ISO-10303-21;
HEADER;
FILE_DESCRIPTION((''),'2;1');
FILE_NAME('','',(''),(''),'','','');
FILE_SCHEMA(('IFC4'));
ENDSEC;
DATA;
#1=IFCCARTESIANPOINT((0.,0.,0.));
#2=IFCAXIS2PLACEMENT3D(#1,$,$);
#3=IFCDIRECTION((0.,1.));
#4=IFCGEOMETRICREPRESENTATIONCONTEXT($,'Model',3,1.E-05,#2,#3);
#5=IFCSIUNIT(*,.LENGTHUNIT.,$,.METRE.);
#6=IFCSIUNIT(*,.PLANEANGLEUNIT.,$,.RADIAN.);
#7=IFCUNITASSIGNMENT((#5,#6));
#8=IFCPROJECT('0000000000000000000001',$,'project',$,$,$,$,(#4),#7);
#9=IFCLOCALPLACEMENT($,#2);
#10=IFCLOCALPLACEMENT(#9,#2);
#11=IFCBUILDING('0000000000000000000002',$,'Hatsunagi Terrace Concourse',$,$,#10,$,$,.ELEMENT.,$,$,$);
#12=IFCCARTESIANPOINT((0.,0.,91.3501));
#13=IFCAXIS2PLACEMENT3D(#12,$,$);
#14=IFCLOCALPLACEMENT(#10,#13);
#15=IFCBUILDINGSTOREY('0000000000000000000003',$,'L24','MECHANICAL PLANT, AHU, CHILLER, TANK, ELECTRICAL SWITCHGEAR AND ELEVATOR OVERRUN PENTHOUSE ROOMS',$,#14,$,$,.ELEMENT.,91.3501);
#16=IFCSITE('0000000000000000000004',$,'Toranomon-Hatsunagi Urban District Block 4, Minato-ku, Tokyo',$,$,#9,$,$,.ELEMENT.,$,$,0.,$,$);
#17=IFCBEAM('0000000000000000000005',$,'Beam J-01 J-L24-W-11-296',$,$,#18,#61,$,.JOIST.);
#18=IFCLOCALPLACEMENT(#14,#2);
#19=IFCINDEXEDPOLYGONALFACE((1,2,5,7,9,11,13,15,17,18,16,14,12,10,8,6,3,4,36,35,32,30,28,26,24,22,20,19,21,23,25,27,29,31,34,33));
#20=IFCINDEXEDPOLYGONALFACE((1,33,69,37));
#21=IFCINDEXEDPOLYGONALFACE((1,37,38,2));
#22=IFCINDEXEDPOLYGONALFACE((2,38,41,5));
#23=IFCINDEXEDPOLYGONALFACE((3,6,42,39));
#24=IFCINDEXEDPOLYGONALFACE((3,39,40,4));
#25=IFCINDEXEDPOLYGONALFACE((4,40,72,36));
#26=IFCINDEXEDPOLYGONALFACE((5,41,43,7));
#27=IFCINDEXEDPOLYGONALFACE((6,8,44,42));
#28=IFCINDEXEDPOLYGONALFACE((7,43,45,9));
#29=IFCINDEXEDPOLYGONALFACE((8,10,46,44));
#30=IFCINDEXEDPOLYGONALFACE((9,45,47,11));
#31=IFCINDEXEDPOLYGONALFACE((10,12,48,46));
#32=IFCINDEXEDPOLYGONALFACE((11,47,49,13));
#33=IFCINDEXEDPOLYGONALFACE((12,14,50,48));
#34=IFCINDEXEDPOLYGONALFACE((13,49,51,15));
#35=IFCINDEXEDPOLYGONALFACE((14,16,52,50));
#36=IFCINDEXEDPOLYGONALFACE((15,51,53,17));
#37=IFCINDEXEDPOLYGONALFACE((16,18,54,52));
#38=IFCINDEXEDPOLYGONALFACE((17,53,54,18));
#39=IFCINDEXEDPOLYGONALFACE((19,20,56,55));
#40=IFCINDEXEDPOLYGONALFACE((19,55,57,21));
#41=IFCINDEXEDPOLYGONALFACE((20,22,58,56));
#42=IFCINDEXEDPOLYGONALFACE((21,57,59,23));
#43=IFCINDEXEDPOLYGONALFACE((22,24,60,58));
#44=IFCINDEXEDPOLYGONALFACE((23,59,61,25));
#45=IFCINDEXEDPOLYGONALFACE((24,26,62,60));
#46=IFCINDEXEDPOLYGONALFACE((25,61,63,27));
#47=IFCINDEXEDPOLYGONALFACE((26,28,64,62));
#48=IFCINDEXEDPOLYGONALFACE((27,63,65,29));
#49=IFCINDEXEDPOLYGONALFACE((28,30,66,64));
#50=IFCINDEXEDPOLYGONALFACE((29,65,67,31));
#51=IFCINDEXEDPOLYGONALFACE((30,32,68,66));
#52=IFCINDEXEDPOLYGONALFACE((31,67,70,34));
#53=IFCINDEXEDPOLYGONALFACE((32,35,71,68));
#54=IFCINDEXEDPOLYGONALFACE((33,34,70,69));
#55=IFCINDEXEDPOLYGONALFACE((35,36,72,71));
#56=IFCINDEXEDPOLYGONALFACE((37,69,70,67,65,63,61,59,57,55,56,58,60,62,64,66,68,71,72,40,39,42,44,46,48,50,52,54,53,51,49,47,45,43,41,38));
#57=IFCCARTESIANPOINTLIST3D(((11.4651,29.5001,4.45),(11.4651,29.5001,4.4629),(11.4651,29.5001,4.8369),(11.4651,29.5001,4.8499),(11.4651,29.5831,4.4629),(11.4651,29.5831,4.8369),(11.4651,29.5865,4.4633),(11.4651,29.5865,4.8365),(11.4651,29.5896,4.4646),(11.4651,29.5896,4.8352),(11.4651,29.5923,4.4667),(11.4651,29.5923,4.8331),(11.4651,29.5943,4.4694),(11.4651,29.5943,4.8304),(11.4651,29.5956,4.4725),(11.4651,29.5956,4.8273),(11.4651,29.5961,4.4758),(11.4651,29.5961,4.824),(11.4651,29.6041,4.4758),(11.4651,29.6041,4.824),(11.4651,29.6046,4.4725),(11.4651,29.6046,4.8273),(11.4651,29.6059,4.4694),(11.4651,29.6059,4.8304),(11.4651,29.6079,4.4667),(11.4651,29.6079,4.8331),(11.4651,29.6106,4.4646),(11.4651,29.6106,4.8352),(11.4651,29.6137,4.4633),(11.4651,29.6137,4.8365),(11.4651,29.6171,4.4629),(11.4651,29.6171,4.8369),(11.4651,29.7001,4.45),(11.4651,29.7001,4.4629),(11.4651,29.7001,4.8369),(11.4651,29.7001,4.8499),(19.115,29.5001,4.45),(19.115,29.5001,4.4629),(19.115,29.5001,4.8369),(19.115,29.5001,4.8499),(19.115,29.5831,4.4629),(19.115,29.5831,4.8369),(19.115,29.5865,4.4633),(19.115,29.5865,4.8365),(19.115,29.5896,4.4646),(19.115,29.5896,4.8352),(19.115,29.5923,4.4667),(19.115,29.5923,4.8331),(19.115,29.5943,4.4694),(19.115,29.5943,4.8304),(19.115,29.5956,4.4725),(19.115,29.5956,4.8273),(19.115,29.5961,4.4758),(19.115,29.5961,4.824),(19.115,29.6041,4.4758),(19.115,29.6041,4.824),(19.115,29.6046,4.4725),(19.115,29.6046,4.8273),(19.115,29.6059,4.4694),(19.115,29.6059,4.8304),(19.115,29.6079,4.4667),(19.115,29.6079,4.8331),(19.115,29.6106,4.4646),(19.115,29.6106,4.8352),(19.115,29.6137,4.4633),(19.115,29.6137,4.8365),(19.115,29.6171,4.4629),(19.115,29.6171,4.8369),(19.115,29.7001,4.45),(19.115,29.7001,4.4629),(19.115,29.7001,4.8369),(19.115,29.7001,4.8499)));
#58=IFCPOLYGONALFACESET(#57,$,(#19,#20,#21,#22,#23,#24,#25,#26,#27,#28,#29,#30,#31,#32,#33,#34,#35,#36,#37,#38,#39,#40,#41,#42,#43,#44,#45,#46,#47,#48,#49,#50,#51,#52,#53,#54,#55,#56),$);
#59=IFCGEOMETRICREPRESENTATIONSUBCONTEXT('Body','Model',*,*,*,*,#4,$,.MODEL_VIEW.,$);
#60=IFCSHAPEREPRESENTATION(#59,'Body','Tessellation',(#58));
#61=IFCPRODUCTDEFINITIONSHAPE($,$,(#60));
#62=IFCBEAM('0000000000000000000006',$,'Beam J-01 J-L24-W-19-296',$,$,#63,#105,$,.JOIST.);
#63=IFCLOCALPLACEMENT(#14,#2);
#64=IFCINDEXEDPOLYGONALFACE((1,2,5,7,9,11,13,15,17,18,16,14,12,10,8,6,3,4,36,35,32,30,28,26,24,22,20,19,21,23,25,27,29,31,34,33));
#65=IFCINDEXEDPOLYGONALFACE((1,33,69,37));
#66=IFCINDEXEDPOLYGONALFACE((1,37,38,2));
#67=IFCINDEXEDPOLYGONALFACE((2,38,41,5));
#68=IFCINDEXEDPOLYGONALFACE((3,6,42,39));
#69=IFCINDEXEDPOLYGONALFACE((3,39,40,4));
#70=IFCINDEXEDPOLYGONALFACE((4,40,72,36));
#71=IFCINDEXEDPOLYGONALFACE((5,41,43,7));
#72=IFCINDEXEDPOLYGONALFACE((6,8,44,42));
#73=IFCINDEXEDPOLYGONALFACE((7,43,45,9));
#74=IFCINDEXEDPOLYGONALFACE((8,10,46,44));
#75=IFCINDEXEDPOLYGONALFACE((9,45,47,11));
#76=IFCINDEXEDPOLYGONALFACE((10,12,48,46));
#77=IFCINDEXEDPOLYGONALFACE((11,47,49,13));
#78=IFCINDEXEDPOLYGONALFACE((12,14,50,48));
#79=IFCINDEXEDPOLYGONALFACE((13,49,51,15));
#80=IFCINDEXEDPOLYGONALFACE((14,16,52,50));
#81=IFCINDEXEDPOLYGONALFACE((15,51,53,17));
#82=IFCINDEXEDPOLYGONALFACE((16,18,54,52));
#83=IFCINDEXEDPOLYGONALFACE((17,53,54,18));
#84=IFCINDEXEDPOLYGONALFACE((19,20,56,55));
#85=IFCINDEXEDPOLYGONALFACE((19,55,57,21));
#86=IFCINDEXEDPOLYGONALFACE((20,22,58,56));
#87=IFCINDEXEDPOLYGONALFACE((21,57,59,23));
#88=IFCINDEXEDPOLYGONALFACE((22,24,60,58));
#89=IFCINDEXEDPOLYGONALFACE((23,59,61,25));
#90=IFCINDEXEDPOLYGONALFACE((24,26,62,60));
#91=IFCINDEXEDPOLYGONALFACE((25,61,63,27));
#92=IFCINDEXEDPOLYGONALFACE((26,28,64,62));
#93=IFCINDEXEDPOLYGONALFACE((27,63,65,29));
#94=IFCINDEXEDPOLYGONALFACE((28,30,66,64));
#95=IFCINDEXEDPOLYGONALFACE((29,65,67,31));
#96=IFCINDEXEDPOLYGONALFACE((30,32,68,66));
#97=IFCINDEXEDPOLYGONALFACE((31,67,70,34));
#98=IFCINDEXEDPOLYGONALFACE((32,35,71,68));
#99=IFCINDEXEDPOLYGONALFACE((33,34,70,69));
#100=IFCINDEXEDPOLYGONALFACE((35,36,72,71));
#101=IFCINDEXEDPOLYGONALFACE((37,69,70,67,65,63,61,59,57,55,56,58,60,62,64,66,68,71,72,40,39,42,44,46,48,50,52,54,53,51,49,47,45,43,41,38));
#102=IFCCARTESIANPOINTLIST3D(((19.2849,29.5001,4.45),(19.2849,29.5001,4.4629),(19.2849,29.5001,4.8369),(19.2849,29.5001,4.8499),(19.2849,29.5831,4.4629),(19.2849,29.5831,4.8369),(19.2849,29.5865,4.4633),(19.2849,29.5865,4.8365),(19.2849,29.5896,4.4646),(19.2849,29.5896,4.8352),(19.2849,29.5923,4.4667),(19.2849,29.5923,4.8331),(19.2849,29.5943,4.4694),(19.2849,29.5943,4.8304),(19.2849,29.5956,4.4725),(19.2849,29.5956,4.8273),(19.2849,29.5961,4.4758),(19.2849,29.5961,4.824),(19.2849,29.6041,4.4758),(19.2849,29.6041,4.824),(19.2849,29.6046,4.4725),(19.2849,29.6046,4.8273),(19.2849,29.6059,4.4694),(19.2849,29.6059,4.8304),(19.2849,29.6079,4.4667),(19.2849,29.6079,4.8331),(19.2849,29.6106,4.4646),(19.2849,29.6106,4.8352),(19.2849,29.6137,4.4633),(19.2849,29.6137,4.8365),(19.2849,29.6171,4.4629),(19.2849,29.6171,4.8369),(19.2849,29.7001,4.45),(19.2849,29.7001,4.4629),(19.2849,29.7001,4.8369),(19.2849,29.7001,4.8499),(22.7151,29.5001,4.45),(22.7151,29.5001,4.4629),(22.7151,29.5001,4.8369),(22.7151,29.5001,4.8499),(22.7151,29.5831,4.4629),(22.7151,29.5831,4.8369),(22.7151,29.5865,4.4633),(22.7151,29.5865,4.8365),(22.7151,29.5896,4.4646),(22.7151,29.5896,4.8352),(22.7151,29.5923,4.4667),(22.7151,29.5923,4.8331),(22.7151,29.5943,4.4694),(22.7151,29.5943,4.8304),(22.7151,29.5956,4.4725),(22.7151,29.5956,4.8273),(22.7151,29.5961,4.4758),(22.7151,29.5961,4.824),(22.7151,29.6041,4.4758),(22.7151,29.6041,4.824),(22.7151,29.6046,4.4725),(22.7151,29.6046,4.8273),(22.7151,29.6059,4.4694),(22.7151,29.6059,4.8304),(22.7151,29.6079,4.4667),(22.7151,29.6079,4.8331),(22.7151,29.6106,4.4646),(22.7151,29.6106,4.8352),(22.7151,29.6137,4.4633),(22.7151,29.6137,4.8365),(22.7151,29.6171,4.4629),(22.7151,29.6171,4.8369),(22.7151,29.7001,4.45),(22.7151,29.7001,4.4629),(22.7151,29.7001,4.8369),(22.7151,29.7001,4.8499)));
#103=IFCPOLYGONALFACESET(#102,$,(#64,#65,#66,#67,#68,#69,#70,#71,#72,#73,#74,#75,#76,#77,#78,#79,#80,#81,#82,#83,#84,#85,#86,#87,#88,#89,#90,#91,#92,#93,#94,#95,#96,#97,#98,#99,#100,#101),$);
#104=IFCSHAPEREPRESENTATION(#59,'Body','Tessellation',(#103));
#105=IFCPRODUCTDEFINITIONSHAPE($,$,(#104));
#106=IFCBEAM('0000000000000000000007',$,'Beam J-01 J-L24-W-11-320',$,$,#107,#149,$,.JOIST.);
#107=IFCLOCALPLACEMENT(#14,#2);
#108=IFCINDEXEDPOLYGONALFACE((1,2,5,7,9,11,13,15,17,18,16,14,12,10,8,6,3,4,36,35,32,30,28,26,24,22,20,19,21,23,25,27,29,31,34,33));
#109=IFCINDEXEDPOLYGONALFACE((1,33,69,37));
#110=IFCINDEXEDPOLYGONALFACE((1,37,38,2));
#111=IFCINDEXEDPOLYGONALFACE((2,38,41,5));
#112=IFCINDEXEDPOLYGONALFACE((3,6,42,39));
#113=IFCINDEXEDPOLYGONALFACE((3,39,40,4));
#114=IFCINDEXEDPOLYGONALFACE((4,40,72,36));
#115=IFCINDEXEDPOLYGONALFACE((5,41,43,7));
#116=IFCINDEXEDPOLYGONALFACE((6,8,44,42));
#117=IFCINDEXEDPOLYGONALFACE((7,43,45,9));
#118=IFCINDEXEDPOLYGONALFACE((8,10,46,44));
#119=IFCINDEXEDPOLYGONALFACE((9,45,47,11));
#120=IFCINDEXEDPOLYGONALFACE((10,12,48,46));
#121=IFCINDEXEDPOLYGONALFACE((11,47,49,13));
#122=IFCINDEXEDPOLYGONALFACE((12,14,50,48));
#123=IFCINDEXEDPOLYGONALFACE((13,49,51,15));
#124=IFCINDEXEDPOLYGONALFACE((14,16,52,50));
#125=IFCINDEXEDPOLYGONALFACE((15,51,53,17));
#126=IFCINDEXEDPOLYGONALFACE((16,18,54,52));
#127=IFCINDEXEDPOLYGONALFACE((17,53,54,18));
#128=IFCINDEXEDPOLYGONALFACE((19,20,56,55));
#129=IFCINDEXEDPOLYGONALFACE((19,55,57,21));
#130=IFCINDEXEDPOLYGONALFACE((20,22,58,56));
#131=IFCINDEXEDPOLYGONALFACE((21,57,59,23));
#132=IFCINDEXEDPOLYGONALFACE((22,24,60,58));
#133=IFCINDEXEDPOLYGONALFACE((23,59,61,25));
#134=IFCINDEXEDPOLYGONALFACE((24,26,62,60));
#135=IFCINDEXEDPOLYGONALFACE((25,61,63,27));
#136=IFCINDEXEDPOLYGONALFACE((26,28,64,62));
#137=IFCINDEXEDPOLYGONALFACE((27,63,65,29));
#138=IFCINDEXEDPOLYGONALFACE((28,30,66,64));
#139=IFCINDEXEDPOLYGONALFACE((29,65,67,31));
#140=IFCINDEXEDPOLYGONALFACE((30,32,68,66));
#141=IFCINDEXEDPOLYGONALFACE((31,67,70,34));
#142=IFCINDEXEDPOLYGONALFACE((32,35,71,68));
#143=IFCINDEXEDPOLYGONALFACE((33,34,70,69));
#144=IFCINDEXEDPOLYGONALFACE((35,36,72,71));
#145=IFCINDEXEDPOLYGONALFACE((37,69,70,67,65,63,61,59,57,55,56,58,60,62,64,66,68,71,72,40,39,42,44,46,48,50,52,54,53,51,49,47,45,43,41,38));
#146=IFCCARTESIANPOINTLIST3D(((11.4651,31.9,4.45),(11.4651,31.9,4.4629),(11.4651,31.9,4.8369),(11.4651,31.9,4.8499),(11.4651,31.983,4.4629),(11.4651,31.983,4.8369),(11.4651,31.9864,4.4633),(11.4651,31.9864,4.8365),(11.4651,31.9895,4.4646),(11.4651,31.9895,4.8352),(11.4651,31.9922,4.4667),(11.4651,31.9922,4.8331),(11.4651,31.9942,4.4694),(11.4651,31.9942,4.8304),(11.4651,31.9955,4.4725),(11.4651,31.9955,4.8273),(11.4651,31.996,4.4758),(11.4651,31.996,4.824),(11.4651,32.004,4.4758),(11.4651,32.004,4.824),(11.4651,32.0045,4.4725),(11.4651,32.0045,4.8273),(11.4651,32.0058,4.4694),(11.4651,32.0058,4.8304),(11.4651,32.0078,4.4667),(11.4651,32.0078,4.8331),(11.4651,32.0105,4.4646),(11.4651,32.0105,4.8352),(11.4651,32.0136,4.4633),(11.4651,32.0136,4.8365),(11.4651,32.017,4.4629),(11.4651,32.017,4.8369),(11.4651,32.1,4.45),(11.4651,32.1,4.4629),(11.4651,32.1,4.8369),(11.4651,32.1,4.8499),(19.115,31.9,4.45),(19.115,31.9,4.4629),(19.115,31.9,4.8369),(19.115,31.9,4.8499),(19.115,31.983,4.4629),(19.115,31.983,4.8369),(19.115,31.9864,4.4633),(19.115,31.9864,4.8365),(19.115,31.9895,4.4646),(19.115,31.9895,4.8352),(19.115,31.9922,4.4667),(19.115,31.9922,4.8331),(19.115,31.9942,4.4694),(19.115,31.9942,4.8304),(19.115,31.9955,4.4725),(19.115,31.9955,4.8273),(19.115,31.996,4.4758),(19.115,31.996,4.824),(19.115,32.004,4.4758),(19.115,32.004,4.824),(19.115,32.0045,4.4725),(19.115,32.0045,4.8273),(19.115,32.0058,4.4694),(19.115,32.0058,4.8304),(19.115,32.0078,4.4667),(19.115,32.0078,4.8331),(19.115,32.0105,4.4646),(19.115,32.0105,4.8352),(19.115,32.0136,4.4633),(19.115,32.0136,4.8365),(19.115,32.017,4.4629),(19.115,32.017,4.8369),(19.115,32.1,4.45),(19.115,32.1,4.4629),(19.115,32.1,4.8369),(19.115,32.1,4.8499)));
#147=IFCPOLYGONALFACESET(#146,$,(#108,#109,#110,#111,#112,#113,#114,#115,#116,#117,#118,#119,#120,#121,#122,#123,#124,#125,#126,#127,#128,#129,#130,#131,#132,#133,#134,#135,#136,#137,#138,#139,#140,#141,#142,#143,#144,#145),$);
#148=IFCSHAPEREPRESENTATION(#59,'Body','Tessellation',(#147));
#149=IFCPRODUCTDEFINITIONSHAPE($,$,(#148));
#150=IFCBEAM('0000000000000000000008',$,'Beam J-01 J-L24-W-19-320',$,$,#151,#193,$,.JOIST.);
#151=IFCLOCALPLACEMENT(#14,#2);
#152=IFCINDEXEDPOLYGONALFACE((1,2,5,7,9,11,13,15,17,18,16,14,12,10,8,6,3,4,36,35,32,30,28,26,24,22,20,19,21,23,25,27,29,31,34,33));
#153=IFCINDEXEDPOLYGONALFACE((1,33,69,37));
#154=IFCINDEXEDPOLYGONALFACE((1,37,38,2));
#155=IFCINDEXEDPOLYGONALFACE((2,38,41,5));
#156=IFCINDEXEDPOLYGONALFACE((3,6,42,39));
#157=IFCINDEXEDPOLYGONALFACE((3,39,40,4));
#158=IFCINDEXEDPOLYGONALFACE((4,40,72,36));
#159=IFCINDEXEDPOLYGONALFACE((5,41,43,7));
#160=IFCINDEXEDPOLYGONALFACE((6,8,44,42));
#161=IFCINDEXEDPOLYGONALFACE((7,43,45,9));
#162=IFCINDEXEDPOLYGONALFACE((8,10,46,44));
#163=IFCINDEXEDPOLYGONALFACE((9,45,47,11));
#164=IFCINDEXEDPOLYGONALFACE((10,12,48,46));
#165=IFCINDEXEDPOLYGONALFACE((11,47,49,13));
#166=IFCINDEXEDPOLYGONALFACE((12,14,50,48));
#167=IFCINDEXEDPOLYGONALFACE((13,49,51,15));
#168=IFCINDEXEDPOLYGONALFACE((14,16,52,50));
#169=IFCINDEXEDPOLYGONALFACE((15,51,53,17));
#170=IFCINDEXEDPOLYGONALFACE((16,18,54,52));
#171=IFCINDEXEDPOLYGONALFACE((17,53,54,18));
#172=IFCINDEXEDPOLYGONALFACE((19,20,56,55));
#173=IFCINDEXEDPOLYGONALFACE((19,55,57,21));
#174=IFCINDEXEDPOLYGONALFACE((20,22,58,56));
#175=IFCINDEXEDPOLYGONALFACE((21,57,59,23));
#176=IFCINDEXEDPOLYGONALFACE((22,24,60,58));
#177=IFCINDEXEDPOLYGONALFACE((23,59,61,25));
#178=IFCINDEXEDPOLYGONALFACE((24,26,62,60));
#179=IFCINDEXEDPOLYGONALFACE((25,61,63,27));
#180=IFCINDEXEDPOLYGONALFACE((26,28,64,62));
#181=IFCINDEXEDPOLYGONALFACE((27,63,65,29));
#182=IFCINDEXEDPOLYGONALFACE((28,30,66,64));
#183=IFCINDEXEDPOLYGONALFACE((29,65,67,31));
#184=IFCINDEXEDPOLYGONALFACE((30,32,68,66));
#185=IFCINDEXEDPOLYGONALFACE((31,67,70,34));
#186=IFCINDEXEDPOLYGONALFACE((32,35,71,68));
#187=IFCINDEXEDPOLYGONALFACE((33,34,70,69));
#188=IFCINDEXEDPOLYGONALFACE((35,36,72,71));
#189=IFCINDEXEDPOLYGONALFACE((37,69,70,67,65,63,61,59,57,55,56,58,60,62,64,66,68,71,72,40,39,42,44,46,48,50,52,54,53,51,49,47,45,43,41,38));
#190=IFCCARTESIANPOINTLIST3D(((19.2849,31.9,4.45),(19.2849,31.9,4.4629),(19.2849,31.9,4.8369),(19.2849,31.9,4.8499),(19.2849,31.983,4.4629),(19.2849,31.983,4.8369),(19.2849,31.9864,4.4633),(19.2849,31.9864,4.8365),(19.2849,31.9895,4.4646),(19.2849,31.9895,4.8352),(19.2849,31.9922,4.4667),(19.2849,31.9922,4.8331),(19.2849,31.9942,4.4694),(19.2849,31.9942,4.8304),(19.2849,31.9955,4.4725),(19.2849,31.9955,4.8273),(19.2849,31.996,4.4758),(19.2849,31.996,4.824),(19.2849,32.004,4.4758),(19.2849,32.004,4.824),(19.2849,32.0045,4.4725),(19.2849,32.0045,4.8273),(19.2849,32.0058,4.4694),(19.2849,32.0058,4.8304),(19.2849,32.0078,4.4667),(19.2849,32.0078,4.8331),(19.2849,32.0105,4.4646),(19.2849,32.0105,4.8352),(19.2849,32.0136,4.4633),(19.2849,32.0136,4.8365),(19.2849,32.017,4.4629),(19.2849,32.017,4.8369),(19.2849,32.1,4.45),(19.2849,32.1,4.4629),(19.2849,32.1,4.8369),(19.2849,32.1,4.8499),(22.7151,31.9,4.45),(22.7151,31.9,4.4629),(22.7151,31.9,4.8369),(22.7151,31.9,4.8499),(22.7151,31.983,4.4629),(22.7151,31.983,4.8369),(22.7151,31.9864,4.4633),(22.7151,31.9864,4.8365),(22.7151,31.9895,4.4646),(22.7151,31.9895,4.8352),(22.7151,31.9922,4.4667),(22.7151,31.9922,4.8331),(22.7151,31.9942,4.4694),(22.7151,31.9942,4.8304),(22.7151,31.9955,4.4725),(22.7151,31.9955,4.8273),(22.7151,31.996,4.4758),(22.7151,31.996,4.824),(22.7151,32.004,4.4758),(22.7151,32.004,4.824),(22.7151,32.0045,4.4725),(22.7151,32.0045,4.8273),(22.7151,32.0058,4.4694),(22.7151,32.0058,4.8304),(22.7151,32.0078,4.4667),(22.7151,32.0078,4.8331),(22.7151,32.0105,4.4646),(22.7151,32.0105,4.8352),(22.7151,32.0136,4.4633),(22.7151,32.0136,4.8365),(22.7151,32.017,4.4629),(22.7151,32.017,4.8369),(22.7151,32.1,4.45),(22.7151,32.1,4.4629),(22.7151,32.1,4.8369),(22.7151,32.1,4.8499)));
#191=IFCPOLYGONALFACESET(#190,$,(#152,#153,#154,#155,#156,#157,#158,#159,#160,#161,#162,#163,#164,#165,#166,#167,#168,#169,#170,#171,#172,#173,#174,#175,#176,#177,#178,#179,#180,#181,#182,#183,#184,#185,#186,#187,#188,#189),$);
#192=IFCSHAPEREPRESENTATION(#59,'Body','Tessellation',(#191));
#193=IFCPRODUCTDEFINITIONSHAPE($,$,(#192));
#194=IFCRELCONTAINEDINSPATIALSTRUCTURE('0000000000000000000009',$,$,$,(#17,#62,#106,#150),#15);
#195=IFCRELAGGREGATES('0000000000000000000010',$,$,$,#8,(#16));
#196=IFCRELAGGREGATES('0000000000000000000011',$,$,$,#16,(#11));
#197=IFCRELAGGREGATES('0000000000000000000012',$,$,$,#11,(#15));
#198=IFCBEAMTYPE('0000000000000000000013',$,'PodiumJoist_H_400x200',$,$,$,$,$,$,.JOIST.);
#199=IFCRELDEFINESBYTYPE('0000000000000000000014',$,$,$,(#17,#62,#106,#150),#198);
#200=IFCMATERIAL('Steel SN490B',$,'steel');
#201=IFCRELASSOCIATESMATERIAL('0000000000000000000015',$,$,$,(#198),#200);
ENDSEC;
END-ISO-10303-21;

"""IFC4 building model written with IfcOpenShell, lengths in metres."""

from ifc_helpers import new_model, si_unit, direction, frame, origin, origin_2d, place, context, subcontext, project, spatial, i_section, extrude, material, material_profile, profile_set, type_object, element, save


model = new_model("IFC4")

# Units and contexts
model_context = context("Model", 3, precision=1e-05, world=origin(), true_north=direction((0.0, 1.0)))
body_context = subcontext(model_context, "Body", "Model", "MODEL_VIEW")
ifc_project = project(units=[si_unit("LENGTHUNIT", "METRE"), si_unit("PLANEANGLEUNIT", "RADIAN")], contexts=[model_context])

# Site, building, storey
site_placement = place(None, origin())
site = spatial("IfcSite", under=ifc_project, at=site_placement, Name="Toranomon-Hatsunagi Urban District Block 4, Minato-ku, Tokyo", CompositionType="ELEMENT", RefElevation=0.0)
building_placement = place(site_placement, origin())
building = spatial("IfcBuilding", under=site, at=building_placement, Name="Hatsunagi Terrace Concourse", CompositionType="ELEMENT")
storey_placement = place(building_placement, frame((0.0, 0.0, 91.3501)))
storey = spatial("IfcBuildingStorey", under=building, at=storey_placement, Name="L24", Description="MECHANICAL PLANT, AHU, CHILLER, TANK, ELECTRICAL SWITCHGEAR AND ELEVATOR OVERRUN PENTHOUSE ROOMS", CompositionType="ELEMENT", Elevation=91.3501)

# Beams
ifc_material_1 = material(Name="Steel SN490B", Category="steel")
ifc_material_profile_1 = material_profile(ifc_material_1, i_section(OverallWidth=0.2, OverallDepth=0.3999, WebThickness=0.0081, FlangeThickness=0.0129, FilletRadius=0.0129, at=origin_2d()), Name="H-400x200x8x13")
ifc_profile_set_1 = profile_set([ifc_material_profile_1], Name="Steel SN490B")
beam_type_1 = type_object("IfcBeamType", Name="PodiumJoist_H_400x200", PredefinedType="JOIST", material=ifc_profile_set_1)
beam_1_placement = place(storey_placement, frame((11.4651, 29.6001, 4.6499), z_axis=(1.0, 0.0, 0.0), x_axis=(0.0, 1.0, 0.0)))
element("IfcBeam", 1, at=beam_1_placement, inside=storey, type_object=beam_type_1, Name="Beam J-01 J-L24-W-11-296", PredefinedType="JOIST", context=body_context, shape_type="SweptSolid", body=[
    extrude(i_section(OverallWidth=0.2, OverallDepth=0.3999, WebThickness=0.0081, FlangeThickness=0.0129, FilletRadius=0.0129, at=origin_2d()), origin(), (0.0, 0.0, 1.0), 7.6499),
])
beam_2_placement = place(storey_placement, frame((19.2849, 29.6001, 4.6499), z_axis=(1.0, 0.0, 0.0), x_axis=(0.0, 1.0, 0.0)))
element("IfcBeam", 2, at=beam_2_placement, inside=storey, type_object=beam_type_1, Name="Beam J-01 J-L24-W-19-296", PredefinedType="JOIST", context=body_context, shape_type="SweptSolid", body=[
    extrude(i_section(OverallWidth=0.2, OverallDepth=0.3999, WebThickness=0.0081, FlangeThickness=0.0129, FilletRadius=0.0129, at=origin_2d()), origin(), (0.0, 0.0, 1.0), 3.4302),
])
beam_3_placement = place(storey_placement, frame((11.4651, 32.0, 4.6499), z_axis=(1.0, 0.0, 0.0), x_axis=(0.0, 1.0, 0.0)))
element("IfcBeam", 3, at=beam_3_placement, inside=storey, type_object=beam_type_1, Name="Beam J-01 J-L24-W-11-320", PredefinedType="JOIST", context=body_context, shape_type="SweptSolid", body=[
    extrude(i_section(OverallWidth=0.2, OverallDepth=0.3999, WebThickness=0.0081, FlangeThickness=0.0129, FilletRadius=0.0129, at=origin_2d()), origin(), (0.0, 0.0, 1.0), 7.6499),
])
beam_4_placement = place(storey_placement, frame((19.2849, 32.0, 4.6499), z_axis=(1.0, 0.0, 0.0), x_axis=(0.0, 1.0, 0.0)))
element("IfcBeam", 4, at=beam_4_placement, inside=storey, type_object=beam_type_1, Name="Beam J-01 J-L24-W-19-320", PredefinedType="JOIST", context=body_context, shape_type="SweptSolid", body=[
    extrude(i_section(OverallWidth=0.2, OverallDepth=0.3999, WebThickness=0.0081, FlangeThickness=0.0129, FilletRadius=0.0129, at=origin_2d()), origin(), (0.0, 0.0, 1.0), 3.4302),
])

save(model, "model.ifc")
